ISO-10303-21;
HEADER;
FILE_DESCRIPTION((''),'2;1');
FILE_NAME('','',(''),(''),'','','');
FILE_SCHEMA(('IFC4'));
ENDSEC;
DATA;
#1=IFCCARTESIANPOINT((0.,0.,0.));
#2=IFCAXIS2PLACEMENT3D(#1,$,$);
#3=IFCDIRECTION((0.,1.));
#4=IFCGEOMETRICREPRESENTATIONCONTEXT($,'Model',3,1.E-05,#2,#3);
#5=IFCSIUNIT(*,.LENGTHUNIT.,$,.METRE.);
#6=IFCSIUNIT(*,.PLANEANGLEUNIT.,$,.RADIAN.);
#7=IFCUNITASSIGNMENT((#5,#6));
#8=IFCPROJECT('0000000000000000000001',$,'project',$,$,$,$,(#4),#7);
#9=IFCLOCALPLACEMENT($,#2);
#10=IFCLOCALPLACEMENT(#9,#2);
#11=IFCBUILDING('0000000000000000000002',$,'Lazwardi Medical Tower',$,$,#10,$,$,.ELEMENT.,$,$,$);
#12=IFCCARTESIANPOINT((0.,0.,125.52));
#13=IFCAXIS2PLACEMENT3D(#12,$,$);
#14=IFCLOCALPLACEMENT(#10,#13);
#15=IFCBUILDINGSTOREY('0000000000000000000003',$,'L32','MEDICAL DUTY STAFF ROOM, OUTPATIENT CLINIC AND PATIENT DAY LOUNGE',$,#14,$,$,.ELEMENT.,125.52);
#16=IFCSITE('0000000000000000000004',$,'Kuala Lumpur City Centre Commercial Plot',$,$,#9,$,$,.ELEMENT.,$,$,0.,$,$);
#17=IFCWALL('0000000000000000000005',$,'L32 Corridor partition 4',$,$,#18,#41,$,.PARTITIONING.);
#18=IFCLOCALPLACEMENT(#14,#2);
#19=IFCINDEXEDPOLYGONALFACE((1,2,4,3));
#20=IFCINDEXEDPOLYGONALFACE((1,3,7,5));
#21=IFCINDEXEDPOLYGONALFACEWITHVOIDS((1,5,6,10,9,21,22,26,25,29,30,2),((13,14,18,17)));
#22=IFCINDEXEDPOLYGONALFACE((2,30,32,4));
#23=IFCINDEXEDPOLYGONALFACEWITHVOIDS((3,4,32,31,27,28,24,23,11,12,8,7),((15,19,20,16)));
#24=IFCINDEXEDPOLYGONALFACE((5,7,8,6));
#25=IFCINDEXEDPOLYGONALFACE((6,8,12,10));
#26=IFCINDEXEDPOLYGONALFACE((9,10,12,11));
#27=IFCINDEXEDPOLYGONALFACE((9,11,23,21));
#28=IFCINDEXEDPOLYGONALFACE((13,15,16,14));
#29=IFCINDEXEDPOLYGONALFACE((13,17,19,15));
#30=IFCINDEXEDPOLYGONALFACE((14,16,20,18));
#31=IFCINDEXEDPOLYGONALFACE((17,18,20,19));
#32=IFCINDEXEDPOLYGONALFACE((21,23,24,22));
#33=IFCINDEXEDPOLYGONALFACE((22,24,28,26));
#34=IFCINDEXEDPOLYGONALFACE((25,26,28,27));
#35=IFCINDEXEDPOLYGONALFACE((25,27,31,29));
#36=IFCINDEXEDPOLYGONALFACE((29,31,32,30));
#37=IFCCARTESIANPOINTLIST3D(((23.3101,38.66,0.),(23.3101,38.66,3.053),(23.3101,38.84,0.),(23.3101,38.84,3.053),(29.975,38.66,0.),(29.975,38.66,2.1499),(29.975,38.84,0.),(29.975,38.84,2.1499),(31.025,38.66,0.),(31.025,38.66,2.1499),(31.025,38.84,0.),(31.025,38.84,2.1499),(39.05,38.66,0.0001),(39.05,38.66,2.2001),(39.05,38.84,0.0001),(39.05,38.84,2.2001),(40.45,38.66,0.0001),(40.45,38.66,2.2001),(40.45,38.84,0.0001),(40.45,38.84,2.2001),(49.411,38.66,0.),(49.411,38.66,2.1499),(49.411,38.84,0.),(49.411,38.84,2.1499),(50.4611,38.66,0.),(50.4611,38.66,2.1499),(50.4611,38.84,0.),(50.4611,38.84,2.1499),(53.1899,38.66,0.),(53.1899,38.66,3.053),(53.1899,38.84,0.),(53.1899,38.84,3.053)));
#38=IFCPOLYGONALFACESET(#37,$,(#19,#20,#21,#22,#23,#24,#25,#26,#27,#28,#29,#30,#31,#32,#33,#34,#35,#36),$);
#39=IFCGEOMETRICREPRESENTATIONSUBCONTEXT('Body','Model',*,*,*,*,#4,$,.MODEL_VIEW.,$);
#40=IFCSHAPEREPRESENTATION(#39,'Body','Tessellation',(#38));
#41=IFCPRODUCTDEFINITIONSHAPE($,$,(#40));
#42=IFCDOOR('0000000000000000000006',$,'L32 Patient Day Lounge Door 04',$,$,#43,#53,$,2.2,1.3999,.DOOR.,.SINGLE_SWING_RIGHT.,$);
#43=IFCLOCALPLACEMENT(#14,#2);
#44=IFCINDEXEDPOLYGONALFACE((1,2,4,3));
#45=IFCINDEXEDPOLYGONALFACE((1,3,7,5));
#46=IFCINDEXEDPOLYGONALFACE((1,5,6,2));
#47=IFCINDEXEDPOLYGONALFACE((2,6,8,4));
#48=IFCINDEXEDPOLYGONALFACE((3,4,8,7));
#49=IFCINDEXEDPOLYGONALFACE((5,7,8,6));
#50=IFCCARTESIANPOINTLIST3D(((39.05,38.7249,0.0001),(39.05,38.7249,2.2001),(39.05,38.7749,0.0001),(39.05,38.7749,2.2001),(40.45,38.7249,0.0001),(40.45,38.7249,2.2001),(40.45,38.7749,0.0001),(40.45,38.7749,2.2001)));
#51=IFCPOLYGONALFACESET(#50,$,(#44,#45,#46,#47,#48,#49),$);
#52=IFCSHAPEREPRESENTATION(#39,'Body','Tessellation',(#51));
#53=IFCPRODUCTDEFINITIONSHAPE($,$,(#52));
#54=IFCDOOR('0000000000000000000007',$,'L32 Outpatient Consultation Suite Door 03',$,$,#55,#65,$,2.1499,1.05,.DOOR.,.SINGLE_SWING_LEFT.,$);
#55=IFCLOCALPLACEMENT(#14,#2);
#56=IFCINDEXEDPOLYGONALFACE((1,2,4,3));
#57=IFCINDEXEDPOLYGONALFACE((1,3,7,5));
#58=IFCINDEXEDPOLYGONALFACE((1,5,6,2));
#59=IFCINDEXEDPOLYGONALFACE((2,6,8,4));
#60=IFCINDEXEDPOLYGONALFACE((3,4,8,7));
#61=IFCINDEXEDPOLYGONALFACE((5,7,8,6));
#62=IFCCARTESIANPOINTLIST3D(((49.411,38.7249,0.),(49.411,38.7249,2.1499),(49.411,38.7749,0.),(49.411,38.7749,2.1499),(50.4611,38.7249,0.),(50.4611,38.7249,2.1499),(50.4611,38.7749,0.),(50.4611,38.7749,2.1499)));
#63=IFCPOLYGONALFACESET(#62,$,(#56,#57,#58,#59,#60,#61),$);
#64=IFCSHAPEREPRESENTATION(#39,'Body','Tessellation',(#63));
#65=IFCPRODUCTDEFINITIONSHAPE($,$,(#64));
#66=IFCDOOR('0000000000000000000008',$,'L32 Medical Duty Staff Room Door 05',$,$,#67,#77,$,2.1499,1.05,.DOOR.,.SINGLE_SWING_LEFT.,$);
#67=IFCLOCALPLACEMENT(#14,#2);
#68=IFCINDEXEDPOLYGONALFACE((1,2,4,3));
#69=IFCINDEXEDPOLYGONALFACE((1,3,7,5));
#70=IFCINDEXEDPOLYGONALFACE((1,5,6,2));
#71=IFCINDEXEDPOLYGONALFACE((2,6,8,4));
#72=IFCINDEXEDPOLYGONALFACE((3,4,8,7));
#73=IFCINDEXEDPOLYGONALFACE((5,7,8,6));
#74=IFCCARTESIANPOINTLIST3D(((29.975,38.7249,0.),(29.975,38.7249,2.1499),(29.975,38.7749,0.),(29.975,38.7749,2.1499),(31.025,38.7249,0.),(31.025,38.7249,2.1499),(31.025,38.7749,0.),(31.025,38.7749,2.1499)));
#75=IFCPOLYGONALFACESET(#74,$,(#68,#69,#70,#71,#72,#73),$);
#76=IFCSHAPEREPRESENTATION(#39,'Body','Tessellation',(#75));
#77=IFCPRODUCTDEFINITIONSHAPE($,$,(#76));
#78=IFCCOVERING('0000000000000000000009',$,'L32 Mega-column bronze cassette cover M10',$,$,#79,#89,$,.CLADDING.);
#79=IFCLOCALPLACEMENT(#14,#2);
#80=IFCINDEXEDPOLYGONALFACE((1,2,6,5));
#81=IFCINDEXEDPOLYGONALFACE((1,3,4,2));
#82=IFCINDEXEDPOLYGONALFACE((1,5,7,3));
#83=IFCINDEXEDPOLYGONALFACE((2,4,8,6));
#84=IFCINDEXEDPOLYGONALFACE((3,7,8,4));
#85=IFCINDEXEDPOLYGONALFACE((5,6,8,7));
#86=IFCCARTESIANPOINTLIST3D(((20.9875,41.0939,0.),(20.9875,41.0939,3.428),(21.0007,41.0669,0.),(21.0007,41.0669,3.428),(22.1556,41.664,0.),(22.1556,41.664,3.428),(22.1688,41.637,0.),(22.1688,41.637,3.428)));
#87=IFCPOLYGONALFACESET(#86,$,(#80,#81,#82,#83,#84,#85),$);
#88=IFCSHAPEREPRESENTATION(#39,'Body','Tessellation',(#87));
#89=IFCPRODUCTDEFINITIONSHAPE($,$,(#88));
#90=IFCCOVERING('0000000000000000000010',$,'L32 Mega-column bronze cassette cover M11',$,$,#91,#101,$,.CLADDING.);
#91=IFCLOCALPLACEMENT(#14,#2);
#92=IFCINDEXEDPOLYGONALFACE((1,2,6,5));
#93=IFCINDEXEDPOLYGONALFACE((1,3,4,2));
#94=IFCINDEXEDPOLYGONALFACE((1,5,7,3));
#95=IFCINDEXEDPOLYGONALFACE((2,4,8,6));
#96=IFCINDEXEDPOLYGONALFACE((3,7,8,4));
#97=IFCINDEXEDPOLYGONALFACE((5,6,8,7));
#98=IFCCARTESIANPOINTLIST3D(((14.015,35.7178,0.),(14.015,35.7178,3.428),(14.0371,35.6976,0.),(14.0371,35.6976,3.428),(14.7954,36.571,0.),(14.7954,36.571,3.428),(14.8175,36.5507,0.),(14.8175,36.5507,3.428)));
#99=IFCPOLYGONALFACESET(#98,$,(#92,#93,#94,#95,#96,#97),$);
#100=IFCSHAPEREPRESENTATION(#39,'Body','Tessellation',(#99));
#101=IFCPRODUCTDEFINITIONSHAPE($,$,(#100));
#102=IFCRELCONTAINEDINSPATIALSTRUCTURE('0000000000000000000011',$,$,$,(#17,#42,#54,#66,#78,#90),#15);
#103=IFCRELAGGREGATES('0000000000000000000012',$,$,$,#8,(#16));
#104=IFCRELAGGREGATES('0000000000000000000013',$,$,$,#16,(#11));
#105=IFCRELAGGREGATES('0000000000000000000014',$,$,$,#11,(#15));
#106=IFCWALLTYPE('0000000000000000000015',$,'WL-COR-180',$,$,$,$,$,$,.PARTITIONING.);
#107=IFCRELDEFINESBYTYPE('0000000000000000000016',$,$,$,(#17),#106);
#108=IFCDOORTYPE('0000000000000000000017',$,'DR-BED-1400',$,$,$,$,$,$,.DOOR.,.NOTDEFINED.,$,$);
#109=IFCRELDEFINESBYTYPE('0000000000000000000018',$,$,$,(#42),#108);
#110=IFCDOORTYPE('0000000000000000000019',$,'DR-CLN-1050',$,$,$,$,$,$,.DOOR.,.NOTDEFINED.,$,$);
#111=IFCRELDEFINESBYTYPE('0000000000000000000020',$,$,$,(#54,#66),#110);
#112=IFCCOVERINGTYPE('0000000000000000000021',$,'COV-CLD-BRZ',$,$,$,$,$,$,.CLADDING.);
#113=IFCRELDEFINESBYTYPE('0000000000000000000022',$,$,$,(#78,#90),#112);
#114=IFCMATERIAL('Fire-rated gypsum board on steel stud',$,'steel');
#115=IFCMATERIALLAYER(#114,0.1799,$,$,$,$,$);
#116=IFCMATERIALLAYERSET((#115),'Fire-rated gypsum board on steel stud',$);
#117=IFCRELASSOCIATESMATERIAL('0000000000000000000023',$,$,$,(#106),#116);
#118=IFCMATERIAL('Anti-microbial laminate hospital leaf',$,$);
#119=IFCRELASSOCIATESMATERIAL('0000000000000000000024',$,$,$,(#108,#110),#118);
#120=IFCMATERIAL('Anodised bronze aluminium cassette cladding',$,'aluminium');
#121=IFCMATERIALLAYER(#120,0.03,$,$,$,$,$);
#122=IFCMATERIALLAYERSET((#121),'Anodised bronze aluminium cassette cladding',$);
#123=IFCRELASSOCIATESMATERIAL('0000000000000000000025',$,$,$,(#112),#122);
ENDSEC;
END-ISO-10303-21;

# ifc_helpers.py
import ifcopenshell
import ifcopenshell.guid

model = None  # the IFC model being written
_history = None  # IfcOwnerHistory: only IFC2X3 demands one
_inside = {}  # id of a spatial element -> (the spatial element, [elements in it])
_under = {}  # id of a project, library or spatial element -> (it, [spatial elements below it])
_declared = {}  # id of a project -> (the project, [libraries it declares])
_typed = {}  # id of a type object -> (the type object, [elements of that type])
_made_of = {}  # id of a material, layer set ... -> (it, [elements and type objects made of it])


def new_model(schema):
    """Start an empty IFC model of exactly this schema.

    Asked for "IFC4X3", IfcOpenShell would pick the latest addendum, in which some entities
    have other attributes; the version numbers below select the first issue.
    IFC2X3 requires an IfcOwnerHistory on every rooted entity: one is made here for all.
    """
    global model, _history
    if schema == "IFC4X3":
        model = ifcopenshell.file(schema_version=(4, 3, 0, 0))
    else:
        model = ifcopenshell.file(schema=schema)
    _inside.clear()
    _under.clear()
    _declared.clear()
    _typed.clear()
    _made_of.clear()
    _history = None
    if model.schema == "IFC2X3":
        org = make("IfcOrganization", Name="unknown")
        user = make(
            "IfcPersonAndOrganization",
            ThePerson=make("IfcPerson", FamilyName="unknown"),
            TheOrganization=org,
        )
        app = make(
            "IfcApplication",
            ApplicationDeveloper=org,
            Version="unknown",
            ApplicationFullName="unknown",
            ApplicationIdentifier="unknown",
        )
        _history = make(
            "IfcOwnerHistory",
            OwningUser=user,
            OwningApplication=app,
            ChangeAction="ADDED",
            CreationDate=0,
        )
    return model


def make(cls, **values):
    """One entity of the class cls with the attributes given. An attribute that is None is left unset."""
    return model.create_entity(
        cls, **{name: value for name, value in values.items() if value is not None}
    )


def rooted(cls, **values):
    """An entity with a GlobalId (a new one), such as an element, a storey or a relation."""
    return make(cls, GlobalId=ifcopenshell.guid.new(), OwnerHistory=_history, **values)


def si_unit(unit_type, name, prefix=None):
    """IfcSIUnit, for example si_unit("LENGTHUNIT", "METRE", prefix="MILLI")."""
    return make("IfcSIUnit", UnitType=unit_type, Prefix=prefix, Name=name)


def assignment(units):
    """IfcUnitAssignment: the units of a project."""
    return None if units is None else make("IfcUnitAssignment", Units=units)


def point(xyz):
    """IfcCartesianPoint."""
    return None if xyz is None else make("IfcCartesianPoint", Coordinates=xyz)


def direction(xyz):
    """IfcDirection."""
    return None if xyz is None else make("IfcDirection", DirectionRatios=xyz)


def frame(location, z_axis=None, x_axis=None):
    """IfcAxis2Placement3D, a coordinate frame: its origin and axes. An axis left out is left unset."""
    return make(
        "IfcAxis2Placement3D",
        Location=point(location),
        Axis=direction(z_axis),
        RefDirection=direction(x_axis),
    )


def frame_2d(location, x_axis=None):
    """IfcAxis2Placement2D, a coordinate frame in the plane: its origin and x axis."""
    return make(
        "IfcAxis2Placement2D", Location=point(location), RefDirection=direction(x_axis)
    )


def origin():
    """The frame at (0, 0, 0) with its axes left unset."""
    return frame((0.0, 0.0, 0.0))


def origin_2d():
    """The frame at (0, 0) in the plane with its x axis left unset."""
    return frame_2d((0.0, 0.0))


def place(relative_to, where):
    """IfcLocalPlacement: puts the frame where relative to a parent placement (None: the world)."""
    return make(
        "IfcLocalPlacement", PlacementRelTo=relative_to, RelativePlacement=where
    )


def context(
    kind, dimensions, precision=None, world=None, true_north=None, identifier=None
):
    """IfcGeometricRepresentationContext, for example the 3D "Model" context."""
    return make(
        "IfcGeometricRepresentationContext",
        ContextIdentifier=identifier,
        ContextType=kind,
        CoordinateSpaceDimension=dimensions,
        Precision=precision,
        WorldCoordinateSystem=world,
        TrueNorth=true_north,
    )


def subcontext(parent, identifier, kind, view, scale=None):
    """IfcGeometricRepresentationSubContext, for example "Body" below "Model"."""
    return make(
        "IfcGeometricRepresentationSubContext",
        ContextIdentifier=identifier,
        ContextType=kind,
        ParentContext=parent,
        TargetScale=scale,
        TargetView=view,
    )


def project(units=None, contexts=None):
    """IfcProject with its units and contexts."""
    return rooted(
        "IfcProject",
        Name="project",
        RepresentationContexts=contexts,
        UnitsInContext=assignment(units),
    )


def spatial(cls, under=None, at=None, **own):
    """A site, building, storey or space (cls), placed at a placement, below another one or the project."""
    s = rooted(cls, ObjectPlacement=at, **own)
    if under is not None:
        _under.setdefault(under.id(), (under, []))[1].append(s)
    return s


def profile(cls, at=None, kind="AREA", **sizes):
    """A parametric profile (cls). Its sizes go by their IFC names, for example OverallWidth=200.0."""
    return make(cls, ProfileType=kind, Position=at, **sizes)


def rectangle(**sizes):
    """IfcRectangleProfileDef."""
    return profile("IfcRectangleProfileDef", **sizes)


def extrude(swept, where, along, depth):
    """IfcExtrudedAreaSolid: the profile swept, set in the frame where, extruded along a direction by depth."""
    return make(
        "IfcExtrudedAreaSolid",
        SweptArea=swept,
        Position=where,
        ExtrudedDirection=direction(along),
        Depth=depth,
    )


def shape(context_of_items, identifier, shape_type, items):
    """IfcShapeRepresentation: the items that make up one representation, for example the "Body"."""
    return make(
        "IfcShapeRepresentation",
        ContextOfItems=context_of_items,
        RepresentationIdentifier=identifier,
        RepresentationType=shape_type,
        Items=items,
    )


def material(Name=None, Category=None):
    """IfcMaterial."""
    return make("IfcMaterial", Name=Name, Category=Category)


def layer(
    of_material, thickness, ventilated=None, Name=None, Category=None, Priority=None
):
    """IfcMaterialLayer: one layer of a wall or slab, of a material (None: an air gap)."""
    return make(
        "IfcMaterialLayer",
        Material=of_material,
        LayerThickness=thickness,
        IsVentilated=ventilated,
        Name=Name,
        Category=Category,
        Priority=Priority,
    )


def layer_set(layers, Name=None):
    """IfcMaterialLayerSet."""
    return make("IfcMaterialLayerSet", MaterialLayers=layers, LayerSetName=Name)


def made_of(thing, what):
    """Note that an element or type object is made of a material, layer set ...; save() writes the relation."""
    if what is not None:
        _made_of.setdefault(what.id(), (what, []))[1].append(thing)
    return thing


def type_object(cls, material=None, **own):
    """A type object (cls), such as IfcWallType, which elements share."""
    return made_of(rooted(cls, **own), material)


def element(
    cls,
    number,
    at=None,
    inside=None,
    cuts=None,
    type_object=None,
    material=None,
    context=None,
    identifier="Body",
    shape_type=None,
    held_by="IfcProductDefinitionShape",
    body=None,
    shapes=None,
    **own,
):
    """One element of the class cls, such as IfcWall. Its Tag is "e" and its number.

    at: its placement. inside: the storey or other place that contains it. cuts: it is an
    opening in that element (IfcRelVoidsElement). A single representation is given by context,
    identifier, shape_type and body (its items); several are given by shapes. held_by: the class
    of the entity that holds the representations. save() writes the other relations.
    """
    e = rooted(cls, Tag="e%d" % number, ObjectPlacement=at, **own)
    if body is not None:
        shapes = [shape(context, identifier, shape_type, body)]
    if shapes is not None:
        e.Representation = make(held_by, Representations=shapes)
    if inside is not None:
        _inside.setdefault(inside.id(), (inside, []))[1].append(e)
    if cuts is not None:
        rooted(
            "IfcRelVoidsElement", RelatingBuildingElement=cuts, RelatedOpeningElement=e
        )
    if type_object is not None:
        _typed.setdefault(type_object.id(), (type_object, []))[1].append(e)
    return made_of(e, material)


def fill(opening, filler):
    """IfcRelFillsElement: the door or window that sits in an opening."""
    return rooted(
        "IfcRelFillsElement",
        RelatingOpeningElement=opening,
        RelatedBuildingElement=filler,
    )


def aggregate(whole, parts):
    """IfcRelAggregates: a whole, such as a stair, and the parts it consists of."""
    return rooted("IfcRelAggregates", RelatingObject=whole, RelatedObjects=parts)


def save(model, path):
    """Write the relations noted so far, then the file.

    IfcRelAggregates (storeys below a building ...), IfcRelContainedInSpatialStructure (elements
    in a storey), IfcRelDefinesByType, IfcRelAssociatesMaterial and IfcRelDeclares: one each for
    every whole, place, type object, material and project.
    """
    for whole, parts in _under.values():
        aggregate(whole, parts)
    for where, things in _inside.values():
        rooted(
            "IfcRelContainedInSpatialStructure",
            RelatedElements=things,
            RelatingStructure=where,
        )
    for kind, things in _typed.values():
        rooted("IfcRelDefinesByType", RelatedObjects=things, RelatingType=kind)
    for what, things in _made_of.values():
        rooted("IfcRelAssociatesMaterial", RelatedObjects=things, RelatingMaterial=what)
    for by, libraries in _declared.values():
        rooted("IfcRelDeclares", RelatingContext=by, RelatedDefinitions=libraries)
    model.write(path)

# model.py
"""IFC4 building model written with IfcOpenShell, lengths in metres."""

from ifc_helpers import new_model, si_unit, direction, frame, frame_2d, origin, origin_2d, place, context, subcontext, project, spatial, rectangle, extrude, material, layer, layer_set, type_object, element, fill, save


model = new_model("IFC4")

# Units and contexts
model_context = context("Model", 3, precision=1e-05, world=origin(), true_north=direction((0.0, 1.0)))
body_context = subcontext(model_context, "Body", "Model", "MODEL_VIEW")
ifc_project = project(units=[si_unit("LENGTHUNIT", "METRE"), si_unit("PLANEANGLEUNIT", "RADIAN")], contexts=[model_context])

# Site, building, storey
site_placement = place(None, origin())
site = spatial("IfcSite", under=ifc_project, at=site_placement, Name="Kuala Lumpur City Centre Commercial Plot", CompositionType="ELEMENT", RefElevation=0.0)
building_placement = place(site_placement, origin())
building = spatial("IfcBuilding", under=site, at=building_placement, Name="Lazwardi Medical Tower", CompositionType="ELEMENT")
storey_placement = place(building_placement, frame((0.0, 0.0, 125.52)))
storey = spatial("IfcBuildingStorey", under=building, at=storey_placement, Name="L32", Description="MEDICAL DUTY STAFF ROOM, OUTPATIENT CLINIC AND PATIENT DAY LOUNGE", CompositionType="ELEMENT", Elevation=125.52)

# Wall, openings, doors
ifc_material_1 = material(Name="Fire-rated gypsum board on steel stud", Category="steel")
ifc_layer_1 = layer(ifc_material_1, 0.1799)
ifc_layer_set_1 = layer_set([ifc_layer_1], Name="Fire-rated gypsum board on steel stud")
wall_type = type_object("IfcWallType", Name="WL-COR-180", PredefinedType="PARTITIONING", material=ifc_layer_set_1)
wall_placement = place(storey_placement, frame((23.3101, 38.75, 0.0), z_axis=(0.0, 0.0, 1.0), x_axis=(1.0, 0.0, 0.0)))
wall = element("IfcWall", 1, at=wall_placement, inside=storey, type_object=wall_type, Name="L32 Corridor partition 4", PredefinedType="PARTITIONING", context=body_context, shape_type="SweptSolid", body=[
    extrude(rectangle(XDim=29.8799, YDim=0.1799, at=frame_2d((14.9399, 0.0))), origin(), (0.0, 0.0, 1.0), 3.053),
])
opening_1_placement = place(wall_placement, frame((26.1011, 0.0, 0.0)))
opening_1 = element("IfcOpeningElement", 2, at=opening_1_placement, cuts=wall, PredefinedType="OPENING", context=body_context, shape_type="SweptSolid", body=[
    extrude(rectangle(XDim=1.05, YDim=2.1499, at=frame_2d((0.5249, 1.075))), frame((0.0, 0.0999, 0.0), z_axis=(0.0, -1.0, 0.0), x_axis=(1.0, 0.0, 0.0)), (0.0, 0.0, 1.0), 0.2),
])
opening_2_placement = place(wall_placement, frame((15.74, 0.0, 0.0)))
opening_2 = element("IfcOpeningElement", 3, at=opening_2_placement, cuts=wall, PredefinedType="OPENING", context=body_context, shape_type="SweptSolid", body=[
    extrude(rectangle(XDim=1.3999, YDim=2.2, at=frame_2d((0.7, 1.1001))), frame((0.0, 0.0999, 0.0), z_axis=(0.0, -1.0, 0.0), x_axis=(1.0, 0.0, 0.0)), (0.0, 0.0, 1.0), 0.2),
])
opening_3_placement = place(wall_placement, frame((6.665, 0.0, 0.0)))
opening_3 = element("IfcOpeningElement", 4, at=opening_3_placement, cuts=wall, PredefinedType="OPENING", context=body_context, shape_type="SweptSolid", body=[
    extrude(rectangle(XDim=1.05, YDim=2.1499, at=frame_2d((0.5249, 1.075))), frame((0.0, 0.0999, 0.0), z_axis=(0.0, -1.0, 0.0), x_axis=(1.0, 0.0, 0.0)), (0.0, 0.0, 1.0), 0.2),
])
ifc_material_2 = material(Name="Anti-microbial laminate hospital leaf")
door_type_1 = type_object("IfcDoorType", Name="DR-BED-1400", OperationType="NOTDEFINED", PredefinedType="DOOR", material=ifc_material_2)
door_1_placement = place(opening_2_placement, origin())
door_1 = element("IfcDoor", 5, at=door_1_placement, inside=storey, type_object=door_type_1, Name="L32 Patient Day Lounge Door 04", OperationType="SINGLE_SWING_RIGHT", OverallHeight=2.2, OverallWidth=1.3999, PredefinedType="DOOR", context=body_context, shape_type="SweptSolid", body=[
    extrude(rectangle(XDim=1.3999, YDim=2.2, at=frame_2d((0.7, 1.1001))), frame((0.0, 0.0249, 0.0), z_axis=(0.0, -1.0, 0.0), x_axis=(1.0, 0.0, 0.0)), (0.0, 0.0, 1.0), 0.05),
])
fill(opening_2, door_1)
door_type_2 = type_object("IfcDoorType", Name="DR-CLN-1050", OperationType="NOTDEFINED", PredefinedType="DOOR", material=ifc_material_2)
door_2_placement = place(opening_1_placement, origin())
door_2 = element("IfcDoor", 6, at=door_2_placement, inside=storey, type_object=door_type_2, Name="L32 Outpatient Consultation Suite Door 03", OperationType="SINGLE_SWING_LEFT", OverallHeight=2.1499, OverallWidth=1.05, PredefinedType="DOOR", context=body_context, shape_type="SweptSolid", body=[
    extrude(rectangle(XDim=1.05, YDim=2.1499, at=frame_2d((0.5249, 1.075))), frame((0.0, 0.0249, 0.0), z_axis=(0.0, -1.0, 0.0), x_axis=(1.0, 0.0, 0.0)), (0.0, 0.0, 1.0), 0.05),
])
fill(opening_1, door_2)
door_3_placement = place(opening_3_placement, origin())
door_3 = element("IfcDoor", 7, at=door_3_placement, inside=storey, type_object=door_type_2, Name="L32 Medical Duty Staff Room Door 05", OperationType="SINGLE_SWING_LEFT", OverallHeight=2.1499, OverallWidth=1.05, PredefinedType="DOOR", context=body_context, shape_type="SweptSolid", body=[
    extrude(rectangle(XDim=1.05, YDim=2.1499, at=frame_2d((0.5249, 1.075))), frame((0.0, 0.0249, 0.0), z_axis=(0.0, -1.0, 0.0), x_axis=(1.0, 0.0, 0.0)), (0.0, 0.0, 1.0), 0.05),
])
fill(opening_3, door_3)

# Coverings
ifc_material_3 = material(Name="Anodised bronze aluminium cassette cladding", Category="aluminium")
ifc_layer_2 = layer(ifc_material_3, 0.03)
ifc_layer_set_2 = layer_set([ifc_layer_2], Name="Anodised bronze aluminium cassette cladding")
covering_type = type_object("IfcCoveringType", Name="COV-CLD-BRZ", PredefinedType="CLADDING", material=ifc_layer_set_2)
covering_1_placement = place(storey_placement, frame((21.5781, 41.3655, 0.0), z_axis=(0.0, 0.0, 1.0), x_axis=(-0.898679, -0.438606, 0.0)))
element("IfcCovering", 8, at=covering_1_placement, inside=storey, type_object=covering_type, Name="L32 Mega-column bronze cassette cover M10", PredefinedType="CLADDING", context=body_context, shape_type="SweptSolid", body=[
    extrude(rectangle(XDim=1.2998, YDim=0.03, at=origin_2d()), origin(), (0.0, 0.0, 1.0), 3.428),
])
covering_2_placement = place(storey_placement, frame((14.4163, 36.1343, 0.0), z_axis=(0.0, 0.0, 1.0), x_axis=(-0.674926, -0.737885, 0.0)))
element("IfcCovering", 9, at=covering_2_placement, inside=storey, type_object=covering_type, Name="L32 Mega-column bronze cassette cover M11", PredefinedType="CLADDING", context=body_context, shape_type="SweptSolid", body=[
    extrude(rectangle(XDim=1.1562, YDim=0.03, at=origin_2d()), origin(), (0.0, 0.0, 1.0), 3.428),
])

save(model, "model.ifc")
